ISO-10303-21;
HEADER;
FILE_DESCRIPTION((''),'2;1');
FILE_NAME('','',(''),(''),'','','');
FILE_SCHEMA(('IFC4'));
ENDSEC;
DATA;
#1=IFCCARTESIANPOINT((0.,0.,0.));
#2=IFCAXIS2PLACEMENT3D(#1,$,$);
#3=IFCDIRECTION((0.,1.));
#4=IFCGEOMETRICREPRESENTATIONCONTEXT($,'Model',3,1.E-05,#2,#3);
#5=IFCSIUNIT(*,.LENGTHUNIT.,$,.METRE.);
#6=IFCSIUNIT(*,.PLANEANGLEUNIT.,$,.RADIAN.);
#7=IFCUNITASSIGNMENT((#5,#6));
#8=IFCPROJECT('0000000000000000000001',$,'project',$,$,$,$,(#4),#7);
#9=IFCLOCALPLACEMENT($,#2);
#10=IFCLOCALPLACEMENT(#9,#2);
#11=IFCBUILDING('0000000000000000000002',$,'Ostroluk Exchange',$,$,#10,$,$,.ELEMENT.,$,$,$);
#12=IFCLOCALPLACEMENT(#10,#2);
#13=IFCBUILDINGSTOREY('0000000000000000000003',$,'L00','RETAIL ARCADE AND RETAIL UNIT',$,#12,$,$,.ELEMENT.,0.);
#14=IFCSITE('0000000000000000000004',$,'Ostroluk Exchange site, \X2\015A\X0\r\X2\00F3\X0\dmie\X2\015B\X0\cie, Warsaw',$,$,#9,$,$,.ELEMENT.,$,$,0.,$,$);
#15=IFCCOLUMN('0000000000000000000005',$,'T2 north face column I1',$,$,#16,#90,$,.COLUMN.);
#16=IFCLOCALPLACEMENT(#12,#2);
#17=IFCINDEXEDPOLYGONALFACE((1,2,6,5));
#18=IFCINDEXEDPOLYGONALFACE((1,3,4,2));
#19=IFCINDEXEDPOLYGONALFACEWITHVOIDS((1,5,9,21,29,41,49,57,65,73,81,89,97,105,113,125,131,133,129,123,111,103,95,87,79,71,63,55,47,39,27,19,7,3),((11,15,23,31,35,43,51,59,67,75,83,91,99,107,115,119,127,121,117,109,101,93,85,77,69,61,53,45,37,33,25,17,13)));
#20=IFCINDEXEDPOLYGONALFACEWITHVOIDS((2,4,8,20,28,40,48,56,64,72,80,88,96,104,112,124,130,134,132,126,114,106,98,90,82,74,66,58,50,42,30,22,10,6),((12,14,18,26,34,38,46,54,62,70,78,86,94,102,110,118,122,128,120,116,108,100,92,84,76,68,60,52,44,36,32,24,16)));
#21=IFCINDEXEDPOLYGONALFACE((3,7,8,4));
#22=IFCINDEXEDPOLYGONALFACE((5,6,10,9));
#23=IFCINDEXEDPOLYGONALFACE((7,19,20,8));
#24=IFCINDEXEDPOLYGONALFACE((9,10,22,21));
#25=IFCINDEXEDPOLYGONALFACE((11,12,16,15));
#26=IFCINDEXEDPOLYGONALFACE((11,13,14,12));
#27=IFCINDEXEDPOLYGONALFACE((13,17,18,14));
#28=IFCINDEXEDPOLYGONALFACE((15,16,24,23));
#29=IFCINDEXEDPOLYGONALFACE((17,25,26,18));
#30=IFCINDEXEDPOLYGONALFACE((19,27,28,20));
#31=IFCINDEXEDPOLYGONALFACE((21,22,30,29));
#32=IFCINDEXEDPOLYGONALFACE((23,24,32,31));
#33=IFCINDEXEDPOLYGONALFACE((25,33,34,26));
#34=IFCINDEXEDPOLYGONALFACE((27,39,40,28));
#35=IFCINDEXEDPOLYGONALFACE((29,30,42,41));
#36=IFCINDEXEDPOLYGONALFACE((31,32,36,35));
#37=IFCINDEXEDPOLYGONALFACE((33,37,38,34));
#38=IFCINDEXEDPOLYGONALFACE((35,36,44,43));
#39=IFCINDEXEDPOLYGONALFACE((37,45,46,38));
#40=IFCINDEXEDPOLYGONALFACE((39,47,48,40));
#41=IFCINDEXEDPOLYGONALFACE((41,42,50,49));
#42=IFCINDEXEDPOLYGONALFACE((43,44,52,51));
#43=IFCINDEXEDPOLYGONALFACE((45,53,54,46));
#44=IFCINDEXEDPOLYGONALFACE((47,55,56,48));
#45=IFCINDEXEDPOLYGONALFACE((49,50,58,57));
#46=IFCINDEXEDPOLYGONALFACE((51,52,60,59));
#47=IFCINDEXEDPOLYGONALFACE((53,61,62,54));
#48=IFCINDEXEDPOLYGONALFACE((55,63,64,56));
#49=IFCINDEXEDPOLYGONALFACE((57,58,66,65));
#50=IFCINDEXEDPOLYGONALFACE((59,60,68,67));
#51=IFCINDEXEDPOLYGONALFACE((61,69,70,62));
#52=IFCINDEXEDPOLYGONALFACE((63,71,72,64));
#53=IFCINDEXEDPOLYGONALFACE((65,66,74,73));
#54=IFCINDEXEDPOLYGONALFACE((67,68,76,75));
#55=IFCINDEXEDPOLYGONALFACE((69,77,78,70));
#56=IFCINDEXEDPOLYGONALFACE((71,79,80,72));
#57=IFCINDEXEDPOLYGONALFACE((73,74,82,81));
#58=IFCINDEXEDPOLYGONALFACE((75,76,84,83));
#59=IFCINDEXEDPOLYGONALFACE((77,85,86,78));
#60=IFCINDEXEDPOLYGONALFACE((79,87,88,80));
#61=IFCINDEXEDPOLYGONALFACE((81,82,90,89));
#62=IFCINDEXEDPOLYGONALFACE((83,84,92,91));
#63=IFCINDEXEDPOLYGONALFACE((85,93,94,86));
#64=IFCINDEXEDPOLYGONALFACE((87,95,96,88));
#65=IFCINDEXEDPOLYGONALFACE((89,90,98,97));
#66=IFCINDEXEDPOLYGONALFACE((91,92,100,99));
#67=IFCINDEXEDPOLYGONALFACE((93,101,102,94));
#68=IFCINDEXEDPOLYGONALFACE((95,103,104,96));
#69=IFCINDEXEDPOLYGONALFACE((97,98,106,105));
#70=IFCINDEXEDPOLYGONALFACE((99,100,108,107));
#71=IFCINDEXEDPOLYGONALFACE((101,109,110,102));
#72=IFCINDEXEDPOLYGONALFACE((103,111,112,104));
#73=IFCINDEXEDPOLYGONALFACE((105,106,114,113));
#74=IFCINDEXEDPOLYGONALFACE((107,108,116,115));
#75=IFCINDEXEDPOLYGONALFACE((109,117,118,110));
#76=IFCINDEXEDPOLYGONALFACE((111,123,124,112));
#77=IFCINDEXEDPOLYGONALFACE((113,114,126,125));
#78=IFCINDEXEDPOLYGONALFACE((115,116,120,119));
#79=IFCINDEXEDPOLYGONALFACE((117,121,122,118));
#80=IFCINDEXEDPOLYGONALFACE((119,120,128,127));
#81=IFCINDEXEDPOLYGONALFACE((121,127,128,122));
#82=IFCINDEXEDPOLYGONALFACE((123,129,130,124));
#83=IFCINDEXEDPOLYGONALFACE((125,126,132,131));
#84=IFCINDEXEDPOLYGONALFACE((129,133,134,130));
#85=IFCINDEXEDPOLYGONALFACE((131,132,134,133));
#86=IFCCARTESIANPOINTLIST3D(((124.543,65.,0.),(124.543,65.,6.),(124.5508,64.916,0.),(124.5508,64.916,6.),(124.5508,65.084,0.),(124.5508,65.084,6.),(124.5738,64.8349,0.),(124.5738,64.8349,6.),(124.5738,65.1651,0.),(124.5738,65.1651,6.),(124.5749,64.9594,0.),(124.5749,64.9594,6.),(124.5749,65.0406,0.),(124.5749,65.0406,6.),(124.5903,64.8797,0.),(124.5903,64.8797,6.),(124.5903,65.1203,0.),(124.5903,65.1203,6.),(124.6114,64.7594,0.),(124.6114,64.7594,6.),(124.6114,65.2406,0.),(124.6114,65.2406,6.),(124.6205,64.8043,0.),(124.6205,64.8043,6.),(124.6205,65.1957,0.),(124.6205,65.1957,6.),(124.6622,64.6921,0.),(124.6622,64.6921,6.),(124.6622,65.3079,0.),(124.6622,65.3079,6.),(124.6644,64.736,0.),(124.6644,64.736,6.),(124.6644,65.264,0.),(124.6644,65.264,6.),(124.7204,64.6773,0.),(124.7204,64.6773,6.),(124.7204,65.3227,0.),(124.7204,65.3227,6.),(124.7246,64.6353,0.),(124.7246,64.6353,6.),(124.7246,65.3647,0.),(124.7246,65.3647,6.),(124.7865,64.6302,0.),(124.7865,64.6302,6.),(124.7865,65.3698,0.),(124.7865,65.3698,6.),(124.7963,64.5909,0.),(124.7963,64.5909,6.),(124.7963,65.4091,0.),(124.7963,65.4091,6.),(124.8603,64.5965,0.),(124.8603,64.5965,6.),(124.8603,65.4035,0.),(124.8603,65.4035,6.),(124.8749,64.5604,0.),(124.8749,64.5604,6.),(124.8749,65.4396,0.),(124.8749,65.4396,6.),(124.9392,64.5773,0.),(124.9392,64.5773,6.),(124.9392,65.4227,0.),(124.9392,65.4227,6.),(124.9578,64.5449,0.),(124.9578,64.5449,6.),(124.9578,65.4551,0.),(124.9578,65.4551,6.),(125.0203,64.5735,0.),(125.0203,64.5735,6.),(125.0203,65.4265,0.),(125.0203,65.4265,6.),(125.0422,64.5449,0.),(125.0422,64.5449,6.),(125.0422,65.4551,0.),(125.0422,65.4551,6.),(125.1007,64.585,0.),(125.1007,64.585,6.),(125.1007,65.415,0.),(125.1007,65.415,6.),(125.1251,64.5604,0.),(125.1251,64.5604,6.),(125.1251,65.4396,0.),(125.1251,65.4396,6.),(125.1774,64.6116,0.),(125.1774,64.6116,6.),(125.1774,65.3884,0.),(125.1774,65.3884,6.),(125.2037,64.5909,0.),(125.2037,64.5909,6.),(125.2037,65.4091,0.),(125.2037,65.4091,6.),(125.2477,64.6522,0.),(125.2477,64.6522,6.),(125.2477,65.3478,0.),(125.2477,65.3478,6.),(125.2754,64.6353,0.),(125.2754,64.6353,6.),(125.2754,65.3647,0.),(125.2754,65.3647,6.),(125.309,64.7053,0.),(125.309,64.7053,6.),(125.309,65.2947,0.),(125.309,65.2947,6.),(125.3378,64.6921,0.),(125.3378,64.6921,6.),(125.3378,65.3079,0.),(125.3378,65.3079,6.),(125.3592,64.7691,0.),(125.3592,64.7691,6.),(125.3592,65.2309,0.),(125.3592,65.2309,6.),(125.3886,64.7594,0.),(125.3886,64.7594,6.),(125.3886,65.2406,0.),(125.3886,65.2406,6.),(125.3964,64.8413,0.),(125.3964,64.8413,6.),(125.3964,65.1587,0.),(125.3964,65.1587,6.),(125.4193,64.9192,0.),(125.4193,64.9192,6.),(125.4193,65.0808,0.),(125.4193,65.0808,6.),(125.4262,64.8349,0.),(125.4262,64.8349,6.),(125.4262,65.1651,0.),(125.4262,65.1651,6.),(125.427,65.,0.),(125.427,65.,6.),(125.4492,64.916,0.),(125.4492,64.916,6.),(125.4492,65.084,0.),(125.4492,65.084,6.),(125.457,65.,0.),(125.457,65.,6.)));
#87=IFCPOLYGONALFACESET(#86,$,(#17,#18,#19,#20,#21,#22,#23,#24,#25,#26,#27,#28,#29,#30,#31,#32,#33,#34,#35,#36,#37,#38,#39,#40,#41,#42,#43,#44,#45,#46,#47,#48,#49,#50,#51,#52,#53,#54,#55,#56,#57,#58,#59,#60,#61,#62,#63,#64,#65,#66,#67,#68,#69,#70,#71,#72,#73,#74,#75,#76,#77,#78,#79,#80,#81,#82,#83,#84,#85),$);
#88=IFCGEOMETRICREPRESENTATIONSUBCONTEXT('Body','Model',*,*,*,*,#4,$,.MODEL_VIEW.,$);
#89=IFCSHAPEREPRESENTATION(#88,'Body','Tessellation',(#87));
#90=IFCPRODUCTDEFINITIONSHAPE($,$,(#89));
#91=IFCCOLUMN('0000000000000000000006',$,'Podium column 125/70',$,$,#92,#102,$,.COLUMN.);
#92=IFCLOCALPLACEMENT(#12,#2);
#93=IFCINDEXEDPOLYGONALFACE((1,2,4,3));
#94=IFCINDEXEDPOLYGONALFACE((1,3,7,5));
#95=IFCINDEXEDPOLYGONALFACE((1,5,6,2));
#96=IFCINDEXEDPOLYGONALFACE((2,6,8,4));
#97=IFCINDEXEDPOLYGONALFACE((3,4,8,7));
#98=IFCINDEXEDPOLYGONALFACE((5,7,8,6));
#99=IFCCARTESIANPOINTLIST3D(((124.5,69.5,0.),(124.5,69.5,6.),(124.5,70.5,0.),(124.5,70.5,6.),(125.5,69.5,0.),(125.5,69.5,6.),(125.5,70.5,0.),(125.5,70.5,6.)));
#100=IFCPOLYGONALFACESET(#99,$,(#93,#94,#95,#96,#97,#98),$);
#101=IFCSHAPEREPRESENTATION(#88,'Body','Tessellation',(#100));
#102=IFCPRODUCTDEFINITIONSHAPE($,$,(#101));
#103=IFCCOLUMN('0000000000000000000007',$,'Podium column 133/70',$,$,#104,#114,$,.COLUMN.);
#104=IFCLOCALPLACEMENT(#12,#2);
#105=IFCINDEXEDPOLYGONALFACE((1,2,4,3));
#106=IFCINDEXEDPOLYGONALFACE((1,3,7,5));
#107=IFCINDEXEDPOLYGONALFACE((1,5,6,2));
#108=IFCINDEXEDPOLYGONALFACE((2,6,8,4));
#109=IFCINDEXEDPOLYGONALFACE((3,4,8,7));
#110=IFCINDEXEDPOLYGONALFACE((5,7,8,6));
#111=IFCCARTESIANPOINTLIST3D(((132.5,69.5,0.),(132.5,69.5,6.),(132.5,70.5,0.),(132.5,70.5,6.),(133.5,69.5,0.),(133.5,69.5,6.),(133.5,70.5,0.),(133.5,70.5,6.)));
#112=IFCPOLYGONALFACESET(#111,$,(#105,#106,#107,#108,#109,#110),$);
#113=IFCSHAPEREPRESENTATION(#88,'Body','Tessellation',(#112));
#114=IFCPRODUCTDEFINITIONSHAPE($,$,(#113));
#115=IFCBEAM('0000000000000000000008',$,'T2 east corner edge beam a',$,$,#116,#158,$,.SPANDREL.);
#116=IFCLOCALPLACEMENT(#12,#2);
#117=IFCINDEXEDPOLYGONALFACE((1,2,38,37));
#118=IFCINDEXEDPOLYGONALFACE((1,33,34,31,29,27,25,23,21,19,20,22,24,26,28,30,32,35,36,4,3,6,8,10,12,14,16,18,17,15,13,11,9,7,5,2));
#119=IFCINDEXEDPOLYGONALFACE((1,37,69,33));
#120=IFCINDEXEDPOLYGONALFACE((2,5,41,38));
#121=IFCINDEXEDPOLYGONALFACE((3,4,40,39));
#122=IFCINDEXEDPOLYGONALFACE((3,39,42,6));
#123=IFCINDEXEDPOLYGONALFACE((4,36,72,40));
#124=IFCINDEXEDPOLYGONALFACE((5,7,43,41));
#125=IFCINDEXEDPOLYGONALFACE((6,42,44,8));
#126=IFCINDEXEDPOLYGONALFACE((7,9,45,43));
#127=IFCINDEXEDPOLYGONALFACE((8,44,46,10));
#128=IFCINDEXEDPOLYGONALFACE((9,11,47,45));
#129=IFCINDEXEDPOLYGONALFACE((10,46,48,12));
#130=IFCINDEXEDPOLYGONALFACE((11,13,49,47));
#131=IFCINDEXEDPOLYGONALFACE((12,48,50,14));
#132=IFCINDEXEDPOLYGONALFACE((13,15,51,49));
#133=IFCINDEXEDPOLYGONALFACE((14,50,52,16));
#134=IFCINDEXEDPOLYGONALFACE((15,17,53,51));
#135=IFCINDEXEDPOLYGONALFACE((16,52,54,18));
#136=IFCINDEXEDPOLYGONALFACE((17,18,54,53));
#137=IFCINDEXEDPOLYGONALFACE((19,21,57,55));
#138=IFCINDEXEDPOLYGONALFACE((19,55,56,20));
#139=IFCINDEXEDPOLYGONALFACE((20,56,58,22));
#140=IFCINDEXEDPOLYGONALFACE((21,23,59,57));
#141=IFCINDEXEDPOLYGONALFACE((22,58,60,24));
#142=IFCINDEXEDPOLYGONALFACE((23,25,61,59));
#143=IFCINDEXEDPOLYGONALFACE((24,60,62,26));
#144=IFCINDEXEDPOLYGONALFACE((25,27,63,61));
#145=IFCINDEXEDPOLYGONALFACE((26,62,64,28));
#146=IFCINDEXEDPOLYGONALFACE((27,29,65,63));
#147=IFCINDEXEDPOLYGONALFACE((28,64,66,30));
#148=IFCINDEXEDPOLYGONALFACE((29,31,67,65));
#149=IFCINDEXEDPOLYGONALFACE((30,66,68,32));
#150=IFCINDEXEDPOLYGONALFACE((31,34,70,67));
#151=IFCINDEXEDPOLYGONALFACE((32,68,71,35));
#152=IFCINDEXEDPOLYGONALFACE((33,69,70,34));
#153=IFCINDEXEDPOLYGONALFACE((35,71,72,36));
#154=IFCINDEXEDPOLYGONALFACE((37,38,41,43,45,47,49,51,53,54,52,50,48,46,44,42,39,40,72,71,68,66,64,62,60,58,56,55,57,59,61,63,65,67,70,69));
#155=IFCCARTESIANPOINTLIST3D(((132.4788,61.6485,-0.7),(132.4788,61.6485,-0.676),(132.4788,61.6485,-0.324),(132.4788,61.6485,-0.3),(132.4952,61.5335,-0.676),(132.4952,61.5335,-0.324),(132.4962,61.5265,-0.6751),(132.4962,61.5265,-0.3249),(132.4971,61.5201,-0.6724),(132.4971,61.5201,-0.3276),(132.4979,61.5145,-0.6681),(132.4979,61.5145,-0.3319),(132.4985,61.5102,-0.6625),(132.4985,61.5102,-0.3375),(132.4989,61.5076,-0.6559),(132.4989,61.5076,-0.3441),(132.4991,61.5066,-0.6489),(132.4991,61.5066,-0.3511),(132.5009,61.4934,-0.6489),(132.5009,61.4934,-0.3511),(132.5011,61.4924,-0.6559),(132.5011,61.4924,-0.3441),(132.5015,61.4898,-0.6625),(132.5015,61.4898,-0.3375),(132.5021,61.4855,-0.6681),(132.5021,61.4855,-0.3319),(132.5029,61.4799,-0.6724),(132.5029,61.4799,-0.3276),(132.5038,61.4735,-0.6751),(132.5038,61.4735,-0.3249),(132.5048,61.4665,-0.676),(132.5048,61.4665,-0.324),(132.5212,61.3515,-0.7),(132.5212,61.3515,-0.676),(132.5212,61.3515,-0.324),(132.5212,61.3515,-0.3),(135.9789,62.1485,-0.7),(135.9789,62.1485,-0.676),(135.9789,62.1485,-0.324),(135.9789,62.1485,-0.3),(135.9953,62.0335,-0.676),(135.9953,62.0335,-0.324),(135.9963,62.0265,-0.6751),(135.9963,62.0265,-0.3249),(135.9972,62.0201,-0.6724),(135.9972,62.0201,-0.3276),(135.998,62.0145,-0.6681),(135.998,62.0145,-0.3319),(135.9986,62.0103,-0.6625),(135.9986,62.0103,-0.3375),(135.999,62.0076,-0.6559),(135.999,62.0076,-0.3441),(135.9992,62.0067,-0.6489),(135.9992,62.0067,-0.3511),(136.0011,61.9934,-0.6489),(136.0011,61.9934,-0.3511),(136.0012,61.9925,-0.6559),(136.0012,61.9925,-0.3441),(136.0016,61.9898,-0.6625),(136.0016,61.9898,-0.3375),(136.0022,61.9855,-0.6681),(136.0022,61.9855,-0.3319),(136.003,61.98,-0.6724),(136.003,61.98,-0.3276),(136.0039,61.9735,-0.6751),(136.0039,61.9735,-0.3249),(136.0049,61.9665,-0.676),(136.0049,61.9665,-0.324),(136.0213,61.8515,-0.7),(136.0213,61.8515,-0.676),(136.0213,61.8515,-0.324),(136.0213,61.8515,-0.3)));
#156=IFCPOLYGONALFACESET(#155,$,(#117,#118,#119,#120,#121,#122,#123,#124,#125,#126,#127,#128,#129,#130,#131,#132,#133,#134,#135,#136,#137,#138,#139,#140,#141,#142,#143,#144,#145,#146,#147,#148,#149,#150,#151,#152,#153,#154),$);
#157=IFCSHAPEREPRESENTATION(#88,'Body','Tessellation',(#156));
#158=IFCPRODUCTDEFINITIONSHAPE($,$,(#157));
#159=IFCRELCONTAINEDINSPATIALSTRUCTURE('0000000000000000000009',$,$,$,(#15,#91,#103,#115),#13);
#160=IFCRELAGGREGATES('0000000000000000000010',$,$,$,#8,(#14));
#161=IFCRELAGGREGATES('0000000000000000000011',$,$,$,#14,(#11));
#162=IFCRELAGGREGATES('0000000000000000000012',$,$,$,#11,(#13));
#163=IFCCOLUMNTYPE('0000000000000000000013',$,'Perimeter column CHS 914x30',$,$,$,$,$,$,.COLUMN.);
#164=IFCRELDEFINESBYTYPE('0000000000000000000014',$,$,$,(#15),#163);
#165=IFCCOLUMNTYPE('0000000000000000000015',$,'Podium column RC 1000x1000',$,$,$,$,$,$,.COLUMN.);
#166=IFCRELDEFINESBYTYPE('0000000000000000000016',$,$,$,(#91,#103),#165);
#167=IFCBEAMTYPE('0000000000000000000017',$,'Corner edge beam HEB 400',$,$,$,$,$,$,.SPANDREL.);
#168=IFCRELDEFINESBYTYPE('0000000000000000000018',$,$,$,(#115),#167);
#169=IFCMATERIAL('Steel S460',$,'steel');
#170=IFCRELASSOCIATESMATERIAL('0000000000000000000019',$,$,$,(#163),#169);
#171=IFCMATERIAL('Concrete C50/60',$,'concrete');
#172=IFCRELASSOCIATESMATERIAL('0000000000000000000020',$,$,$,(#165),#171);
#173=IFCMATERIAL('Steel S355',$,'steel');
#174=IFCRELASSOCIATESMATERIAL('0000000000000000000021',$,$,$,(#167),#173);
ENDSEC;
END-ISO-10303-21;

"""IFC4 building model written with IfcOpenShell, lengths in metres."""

from ifc_helpers import new_model, si_unit, direction, frame, origin, origin_2d, place, context, subcontext, project, spatial, rectangle, hollow_circle, i_section, extrude, material, material_profile, profile_set, type_object, element, save


model = new_model("IFC4")

# Units and contexts
model_context = context("Model", 3, precision=1e-05, world=origin(), true_north=direction((0.0, 1.0)))
body_context = subcontext(model_context, "Body", "Model", "MODEL_VIEW")
ifc_project = project(units=[si_unit("LENGTHUNIT", "METRE"), si_unit("PLANEANGLEUNIT", "RADIAN")], contexts=[model_context])

# Site, building, storey
site_placement = place(None, origin())
site = spatial("IfcSite", under=ifc_project, at=site_placement, Name="Ostroluk Exchange site, Śródmieście, Warsaw", CompositionType="ELEMENT", RefElevation=0.0)
building_placement = place(site_placement, origin())
building = spatial("IfcBuilding", under=site, at=building_placement, Name="Ostroluk Exchange", CompositionType="ELEMENT")
storey_placement = place(building_placement, origin())
storey = spatial("IfcBuildingStorey", under=building, at=storey_placement, Name="L00", Description="RETAIL ARCADE AND RETAIL UNIT", CompositionType="ELEMENT", Elevation=0.0)

# Columns
ifc_material_1 = material(Name="Steel S460", Category="steel")
ifc_material_profile_1 = material_profile(ifc_material_1, hollow_circle(Radius=0.457, WallThickness=0.03, at=origin_2d()), Name="CHS 914x30")
ifc_profile_set_1 = profile_set([ifc_material_profile_1], Name="Steel S460")
column_type_1 = type_object("IfcColumnType", Name="Perimeter column CHS 914x30", PredefinedType="COLUMN", material=ifc_profile_set_1)
for number, where, z_axis, x_axis, name in (
    (1, (125.0, 65.0, 0.0), (0.0, 0.0, 1.0), (1.0, 0.0, 0.0), "T2 north face column I1"),
):
    element("IfcColumn", number, at=place(storey_placement, frame(where, z_axis=z_axis, x_axis=x_axis)), inside=storey, type_object=column_type_1, Name=name, PredefinedType="COLUMN", context=body_context, shape_type="SweptSolid", body=[
        extrude(hollow_circle(Radius=0.457, WallThickness=0.03, at=origin_2d()), origin(), (0.0, 0.0, 1.0), 6.0),
    ])
ifc_material_2 = material(Name="Concrete C50/60", Category="concrete")
ifc_material_profile_2 = material_profile(ifc_material_2, rectangle(XDim=1.0, YDim=1.0, at=origin_2d()), Name="RC 1000x1000")
ifc_profile_set_2 = profile_set([ifc_material_profile_2], Name="Concrete C50/60")
column_type_2 = type_object("IfcColumnType", Name="Podium column RC 1000x1000", PredefinedType="COLUMN", material=ifc_profile_set_2)
for number, where, z_axis, x_axis, name in (
    (2, (125.0, 70.0, 0.0), (0.0, 0.0, 1.0), (1.0, 0.0, 0.0), "Podium column 125/70"),
    (3, (133.0, 70.0, 0.0), (0.0, 0.0, 1.0), (1.0, 0.0, 0.0), "Podium column 133/70"),
):
    element("IfcColumn", number, at=place(storey_placement, frame(where, z_axis=z_axis, x_axis=x_axis)), inside=storey, type_object=column_type_2, Name=name, PredefinedType="COLUMN", context=body_context, shape_type="SweptSolid", body=[
        extrude(rectangle(XDim=1.0, YDim=1.0, at=origin_2d()), origin(), (0.0, 0.0, 1.0), 6.0),
    ])

# Beam
ifc_material_3 = material(Name="Steel S355", Category="steel")
ifc_material_profile_3 = material_profile(ifc_material_3, i_section(OverallWidth=0.3, OverallDepth=0.3999, WebThickness=0.0134, FlangeThickness=0.0239, FilletRadius=0.0271, at=origin_2d()), Name="HEB 400")
ifc_profile_set_3 = profile_set([ifc_material_profile_3], Name="Steel S355")
beam_type_1 = type_object("IfcBeamType", Name="Corner edge beam HEB 400", PredefinedType="SPANDREL", material=ifc_profile_set_3)
for number, where, z_axis, x_axis, name in (
    (4, (132.5, 61.5, -0.5), (0.989949, 0.141421, 0.0), (-0.141421, 0.989949, 0.0), "T2 east corner edge beam a"),
):
    element("IfcBeam", number, at=place(storey_placement, frame(where, z_axis=z_axis, x_axis=x_axis)), inside=storey, type_object=beam_type_1, Name=name, PredefinedType="SPANDREL", context=body_context, shape_type="SweptSolid", body=[
        extrude(i_section(OverallWidth=0.3, OverallDepth=0.3999, WebThickness=0.0134, FlangeThickness=0.0239, FilletRadius=0.0271, at=origin_2d()), origin(), (0.0, 0.0, 1.0), 3.5356),
    ])

save(model, "model.ifc")
